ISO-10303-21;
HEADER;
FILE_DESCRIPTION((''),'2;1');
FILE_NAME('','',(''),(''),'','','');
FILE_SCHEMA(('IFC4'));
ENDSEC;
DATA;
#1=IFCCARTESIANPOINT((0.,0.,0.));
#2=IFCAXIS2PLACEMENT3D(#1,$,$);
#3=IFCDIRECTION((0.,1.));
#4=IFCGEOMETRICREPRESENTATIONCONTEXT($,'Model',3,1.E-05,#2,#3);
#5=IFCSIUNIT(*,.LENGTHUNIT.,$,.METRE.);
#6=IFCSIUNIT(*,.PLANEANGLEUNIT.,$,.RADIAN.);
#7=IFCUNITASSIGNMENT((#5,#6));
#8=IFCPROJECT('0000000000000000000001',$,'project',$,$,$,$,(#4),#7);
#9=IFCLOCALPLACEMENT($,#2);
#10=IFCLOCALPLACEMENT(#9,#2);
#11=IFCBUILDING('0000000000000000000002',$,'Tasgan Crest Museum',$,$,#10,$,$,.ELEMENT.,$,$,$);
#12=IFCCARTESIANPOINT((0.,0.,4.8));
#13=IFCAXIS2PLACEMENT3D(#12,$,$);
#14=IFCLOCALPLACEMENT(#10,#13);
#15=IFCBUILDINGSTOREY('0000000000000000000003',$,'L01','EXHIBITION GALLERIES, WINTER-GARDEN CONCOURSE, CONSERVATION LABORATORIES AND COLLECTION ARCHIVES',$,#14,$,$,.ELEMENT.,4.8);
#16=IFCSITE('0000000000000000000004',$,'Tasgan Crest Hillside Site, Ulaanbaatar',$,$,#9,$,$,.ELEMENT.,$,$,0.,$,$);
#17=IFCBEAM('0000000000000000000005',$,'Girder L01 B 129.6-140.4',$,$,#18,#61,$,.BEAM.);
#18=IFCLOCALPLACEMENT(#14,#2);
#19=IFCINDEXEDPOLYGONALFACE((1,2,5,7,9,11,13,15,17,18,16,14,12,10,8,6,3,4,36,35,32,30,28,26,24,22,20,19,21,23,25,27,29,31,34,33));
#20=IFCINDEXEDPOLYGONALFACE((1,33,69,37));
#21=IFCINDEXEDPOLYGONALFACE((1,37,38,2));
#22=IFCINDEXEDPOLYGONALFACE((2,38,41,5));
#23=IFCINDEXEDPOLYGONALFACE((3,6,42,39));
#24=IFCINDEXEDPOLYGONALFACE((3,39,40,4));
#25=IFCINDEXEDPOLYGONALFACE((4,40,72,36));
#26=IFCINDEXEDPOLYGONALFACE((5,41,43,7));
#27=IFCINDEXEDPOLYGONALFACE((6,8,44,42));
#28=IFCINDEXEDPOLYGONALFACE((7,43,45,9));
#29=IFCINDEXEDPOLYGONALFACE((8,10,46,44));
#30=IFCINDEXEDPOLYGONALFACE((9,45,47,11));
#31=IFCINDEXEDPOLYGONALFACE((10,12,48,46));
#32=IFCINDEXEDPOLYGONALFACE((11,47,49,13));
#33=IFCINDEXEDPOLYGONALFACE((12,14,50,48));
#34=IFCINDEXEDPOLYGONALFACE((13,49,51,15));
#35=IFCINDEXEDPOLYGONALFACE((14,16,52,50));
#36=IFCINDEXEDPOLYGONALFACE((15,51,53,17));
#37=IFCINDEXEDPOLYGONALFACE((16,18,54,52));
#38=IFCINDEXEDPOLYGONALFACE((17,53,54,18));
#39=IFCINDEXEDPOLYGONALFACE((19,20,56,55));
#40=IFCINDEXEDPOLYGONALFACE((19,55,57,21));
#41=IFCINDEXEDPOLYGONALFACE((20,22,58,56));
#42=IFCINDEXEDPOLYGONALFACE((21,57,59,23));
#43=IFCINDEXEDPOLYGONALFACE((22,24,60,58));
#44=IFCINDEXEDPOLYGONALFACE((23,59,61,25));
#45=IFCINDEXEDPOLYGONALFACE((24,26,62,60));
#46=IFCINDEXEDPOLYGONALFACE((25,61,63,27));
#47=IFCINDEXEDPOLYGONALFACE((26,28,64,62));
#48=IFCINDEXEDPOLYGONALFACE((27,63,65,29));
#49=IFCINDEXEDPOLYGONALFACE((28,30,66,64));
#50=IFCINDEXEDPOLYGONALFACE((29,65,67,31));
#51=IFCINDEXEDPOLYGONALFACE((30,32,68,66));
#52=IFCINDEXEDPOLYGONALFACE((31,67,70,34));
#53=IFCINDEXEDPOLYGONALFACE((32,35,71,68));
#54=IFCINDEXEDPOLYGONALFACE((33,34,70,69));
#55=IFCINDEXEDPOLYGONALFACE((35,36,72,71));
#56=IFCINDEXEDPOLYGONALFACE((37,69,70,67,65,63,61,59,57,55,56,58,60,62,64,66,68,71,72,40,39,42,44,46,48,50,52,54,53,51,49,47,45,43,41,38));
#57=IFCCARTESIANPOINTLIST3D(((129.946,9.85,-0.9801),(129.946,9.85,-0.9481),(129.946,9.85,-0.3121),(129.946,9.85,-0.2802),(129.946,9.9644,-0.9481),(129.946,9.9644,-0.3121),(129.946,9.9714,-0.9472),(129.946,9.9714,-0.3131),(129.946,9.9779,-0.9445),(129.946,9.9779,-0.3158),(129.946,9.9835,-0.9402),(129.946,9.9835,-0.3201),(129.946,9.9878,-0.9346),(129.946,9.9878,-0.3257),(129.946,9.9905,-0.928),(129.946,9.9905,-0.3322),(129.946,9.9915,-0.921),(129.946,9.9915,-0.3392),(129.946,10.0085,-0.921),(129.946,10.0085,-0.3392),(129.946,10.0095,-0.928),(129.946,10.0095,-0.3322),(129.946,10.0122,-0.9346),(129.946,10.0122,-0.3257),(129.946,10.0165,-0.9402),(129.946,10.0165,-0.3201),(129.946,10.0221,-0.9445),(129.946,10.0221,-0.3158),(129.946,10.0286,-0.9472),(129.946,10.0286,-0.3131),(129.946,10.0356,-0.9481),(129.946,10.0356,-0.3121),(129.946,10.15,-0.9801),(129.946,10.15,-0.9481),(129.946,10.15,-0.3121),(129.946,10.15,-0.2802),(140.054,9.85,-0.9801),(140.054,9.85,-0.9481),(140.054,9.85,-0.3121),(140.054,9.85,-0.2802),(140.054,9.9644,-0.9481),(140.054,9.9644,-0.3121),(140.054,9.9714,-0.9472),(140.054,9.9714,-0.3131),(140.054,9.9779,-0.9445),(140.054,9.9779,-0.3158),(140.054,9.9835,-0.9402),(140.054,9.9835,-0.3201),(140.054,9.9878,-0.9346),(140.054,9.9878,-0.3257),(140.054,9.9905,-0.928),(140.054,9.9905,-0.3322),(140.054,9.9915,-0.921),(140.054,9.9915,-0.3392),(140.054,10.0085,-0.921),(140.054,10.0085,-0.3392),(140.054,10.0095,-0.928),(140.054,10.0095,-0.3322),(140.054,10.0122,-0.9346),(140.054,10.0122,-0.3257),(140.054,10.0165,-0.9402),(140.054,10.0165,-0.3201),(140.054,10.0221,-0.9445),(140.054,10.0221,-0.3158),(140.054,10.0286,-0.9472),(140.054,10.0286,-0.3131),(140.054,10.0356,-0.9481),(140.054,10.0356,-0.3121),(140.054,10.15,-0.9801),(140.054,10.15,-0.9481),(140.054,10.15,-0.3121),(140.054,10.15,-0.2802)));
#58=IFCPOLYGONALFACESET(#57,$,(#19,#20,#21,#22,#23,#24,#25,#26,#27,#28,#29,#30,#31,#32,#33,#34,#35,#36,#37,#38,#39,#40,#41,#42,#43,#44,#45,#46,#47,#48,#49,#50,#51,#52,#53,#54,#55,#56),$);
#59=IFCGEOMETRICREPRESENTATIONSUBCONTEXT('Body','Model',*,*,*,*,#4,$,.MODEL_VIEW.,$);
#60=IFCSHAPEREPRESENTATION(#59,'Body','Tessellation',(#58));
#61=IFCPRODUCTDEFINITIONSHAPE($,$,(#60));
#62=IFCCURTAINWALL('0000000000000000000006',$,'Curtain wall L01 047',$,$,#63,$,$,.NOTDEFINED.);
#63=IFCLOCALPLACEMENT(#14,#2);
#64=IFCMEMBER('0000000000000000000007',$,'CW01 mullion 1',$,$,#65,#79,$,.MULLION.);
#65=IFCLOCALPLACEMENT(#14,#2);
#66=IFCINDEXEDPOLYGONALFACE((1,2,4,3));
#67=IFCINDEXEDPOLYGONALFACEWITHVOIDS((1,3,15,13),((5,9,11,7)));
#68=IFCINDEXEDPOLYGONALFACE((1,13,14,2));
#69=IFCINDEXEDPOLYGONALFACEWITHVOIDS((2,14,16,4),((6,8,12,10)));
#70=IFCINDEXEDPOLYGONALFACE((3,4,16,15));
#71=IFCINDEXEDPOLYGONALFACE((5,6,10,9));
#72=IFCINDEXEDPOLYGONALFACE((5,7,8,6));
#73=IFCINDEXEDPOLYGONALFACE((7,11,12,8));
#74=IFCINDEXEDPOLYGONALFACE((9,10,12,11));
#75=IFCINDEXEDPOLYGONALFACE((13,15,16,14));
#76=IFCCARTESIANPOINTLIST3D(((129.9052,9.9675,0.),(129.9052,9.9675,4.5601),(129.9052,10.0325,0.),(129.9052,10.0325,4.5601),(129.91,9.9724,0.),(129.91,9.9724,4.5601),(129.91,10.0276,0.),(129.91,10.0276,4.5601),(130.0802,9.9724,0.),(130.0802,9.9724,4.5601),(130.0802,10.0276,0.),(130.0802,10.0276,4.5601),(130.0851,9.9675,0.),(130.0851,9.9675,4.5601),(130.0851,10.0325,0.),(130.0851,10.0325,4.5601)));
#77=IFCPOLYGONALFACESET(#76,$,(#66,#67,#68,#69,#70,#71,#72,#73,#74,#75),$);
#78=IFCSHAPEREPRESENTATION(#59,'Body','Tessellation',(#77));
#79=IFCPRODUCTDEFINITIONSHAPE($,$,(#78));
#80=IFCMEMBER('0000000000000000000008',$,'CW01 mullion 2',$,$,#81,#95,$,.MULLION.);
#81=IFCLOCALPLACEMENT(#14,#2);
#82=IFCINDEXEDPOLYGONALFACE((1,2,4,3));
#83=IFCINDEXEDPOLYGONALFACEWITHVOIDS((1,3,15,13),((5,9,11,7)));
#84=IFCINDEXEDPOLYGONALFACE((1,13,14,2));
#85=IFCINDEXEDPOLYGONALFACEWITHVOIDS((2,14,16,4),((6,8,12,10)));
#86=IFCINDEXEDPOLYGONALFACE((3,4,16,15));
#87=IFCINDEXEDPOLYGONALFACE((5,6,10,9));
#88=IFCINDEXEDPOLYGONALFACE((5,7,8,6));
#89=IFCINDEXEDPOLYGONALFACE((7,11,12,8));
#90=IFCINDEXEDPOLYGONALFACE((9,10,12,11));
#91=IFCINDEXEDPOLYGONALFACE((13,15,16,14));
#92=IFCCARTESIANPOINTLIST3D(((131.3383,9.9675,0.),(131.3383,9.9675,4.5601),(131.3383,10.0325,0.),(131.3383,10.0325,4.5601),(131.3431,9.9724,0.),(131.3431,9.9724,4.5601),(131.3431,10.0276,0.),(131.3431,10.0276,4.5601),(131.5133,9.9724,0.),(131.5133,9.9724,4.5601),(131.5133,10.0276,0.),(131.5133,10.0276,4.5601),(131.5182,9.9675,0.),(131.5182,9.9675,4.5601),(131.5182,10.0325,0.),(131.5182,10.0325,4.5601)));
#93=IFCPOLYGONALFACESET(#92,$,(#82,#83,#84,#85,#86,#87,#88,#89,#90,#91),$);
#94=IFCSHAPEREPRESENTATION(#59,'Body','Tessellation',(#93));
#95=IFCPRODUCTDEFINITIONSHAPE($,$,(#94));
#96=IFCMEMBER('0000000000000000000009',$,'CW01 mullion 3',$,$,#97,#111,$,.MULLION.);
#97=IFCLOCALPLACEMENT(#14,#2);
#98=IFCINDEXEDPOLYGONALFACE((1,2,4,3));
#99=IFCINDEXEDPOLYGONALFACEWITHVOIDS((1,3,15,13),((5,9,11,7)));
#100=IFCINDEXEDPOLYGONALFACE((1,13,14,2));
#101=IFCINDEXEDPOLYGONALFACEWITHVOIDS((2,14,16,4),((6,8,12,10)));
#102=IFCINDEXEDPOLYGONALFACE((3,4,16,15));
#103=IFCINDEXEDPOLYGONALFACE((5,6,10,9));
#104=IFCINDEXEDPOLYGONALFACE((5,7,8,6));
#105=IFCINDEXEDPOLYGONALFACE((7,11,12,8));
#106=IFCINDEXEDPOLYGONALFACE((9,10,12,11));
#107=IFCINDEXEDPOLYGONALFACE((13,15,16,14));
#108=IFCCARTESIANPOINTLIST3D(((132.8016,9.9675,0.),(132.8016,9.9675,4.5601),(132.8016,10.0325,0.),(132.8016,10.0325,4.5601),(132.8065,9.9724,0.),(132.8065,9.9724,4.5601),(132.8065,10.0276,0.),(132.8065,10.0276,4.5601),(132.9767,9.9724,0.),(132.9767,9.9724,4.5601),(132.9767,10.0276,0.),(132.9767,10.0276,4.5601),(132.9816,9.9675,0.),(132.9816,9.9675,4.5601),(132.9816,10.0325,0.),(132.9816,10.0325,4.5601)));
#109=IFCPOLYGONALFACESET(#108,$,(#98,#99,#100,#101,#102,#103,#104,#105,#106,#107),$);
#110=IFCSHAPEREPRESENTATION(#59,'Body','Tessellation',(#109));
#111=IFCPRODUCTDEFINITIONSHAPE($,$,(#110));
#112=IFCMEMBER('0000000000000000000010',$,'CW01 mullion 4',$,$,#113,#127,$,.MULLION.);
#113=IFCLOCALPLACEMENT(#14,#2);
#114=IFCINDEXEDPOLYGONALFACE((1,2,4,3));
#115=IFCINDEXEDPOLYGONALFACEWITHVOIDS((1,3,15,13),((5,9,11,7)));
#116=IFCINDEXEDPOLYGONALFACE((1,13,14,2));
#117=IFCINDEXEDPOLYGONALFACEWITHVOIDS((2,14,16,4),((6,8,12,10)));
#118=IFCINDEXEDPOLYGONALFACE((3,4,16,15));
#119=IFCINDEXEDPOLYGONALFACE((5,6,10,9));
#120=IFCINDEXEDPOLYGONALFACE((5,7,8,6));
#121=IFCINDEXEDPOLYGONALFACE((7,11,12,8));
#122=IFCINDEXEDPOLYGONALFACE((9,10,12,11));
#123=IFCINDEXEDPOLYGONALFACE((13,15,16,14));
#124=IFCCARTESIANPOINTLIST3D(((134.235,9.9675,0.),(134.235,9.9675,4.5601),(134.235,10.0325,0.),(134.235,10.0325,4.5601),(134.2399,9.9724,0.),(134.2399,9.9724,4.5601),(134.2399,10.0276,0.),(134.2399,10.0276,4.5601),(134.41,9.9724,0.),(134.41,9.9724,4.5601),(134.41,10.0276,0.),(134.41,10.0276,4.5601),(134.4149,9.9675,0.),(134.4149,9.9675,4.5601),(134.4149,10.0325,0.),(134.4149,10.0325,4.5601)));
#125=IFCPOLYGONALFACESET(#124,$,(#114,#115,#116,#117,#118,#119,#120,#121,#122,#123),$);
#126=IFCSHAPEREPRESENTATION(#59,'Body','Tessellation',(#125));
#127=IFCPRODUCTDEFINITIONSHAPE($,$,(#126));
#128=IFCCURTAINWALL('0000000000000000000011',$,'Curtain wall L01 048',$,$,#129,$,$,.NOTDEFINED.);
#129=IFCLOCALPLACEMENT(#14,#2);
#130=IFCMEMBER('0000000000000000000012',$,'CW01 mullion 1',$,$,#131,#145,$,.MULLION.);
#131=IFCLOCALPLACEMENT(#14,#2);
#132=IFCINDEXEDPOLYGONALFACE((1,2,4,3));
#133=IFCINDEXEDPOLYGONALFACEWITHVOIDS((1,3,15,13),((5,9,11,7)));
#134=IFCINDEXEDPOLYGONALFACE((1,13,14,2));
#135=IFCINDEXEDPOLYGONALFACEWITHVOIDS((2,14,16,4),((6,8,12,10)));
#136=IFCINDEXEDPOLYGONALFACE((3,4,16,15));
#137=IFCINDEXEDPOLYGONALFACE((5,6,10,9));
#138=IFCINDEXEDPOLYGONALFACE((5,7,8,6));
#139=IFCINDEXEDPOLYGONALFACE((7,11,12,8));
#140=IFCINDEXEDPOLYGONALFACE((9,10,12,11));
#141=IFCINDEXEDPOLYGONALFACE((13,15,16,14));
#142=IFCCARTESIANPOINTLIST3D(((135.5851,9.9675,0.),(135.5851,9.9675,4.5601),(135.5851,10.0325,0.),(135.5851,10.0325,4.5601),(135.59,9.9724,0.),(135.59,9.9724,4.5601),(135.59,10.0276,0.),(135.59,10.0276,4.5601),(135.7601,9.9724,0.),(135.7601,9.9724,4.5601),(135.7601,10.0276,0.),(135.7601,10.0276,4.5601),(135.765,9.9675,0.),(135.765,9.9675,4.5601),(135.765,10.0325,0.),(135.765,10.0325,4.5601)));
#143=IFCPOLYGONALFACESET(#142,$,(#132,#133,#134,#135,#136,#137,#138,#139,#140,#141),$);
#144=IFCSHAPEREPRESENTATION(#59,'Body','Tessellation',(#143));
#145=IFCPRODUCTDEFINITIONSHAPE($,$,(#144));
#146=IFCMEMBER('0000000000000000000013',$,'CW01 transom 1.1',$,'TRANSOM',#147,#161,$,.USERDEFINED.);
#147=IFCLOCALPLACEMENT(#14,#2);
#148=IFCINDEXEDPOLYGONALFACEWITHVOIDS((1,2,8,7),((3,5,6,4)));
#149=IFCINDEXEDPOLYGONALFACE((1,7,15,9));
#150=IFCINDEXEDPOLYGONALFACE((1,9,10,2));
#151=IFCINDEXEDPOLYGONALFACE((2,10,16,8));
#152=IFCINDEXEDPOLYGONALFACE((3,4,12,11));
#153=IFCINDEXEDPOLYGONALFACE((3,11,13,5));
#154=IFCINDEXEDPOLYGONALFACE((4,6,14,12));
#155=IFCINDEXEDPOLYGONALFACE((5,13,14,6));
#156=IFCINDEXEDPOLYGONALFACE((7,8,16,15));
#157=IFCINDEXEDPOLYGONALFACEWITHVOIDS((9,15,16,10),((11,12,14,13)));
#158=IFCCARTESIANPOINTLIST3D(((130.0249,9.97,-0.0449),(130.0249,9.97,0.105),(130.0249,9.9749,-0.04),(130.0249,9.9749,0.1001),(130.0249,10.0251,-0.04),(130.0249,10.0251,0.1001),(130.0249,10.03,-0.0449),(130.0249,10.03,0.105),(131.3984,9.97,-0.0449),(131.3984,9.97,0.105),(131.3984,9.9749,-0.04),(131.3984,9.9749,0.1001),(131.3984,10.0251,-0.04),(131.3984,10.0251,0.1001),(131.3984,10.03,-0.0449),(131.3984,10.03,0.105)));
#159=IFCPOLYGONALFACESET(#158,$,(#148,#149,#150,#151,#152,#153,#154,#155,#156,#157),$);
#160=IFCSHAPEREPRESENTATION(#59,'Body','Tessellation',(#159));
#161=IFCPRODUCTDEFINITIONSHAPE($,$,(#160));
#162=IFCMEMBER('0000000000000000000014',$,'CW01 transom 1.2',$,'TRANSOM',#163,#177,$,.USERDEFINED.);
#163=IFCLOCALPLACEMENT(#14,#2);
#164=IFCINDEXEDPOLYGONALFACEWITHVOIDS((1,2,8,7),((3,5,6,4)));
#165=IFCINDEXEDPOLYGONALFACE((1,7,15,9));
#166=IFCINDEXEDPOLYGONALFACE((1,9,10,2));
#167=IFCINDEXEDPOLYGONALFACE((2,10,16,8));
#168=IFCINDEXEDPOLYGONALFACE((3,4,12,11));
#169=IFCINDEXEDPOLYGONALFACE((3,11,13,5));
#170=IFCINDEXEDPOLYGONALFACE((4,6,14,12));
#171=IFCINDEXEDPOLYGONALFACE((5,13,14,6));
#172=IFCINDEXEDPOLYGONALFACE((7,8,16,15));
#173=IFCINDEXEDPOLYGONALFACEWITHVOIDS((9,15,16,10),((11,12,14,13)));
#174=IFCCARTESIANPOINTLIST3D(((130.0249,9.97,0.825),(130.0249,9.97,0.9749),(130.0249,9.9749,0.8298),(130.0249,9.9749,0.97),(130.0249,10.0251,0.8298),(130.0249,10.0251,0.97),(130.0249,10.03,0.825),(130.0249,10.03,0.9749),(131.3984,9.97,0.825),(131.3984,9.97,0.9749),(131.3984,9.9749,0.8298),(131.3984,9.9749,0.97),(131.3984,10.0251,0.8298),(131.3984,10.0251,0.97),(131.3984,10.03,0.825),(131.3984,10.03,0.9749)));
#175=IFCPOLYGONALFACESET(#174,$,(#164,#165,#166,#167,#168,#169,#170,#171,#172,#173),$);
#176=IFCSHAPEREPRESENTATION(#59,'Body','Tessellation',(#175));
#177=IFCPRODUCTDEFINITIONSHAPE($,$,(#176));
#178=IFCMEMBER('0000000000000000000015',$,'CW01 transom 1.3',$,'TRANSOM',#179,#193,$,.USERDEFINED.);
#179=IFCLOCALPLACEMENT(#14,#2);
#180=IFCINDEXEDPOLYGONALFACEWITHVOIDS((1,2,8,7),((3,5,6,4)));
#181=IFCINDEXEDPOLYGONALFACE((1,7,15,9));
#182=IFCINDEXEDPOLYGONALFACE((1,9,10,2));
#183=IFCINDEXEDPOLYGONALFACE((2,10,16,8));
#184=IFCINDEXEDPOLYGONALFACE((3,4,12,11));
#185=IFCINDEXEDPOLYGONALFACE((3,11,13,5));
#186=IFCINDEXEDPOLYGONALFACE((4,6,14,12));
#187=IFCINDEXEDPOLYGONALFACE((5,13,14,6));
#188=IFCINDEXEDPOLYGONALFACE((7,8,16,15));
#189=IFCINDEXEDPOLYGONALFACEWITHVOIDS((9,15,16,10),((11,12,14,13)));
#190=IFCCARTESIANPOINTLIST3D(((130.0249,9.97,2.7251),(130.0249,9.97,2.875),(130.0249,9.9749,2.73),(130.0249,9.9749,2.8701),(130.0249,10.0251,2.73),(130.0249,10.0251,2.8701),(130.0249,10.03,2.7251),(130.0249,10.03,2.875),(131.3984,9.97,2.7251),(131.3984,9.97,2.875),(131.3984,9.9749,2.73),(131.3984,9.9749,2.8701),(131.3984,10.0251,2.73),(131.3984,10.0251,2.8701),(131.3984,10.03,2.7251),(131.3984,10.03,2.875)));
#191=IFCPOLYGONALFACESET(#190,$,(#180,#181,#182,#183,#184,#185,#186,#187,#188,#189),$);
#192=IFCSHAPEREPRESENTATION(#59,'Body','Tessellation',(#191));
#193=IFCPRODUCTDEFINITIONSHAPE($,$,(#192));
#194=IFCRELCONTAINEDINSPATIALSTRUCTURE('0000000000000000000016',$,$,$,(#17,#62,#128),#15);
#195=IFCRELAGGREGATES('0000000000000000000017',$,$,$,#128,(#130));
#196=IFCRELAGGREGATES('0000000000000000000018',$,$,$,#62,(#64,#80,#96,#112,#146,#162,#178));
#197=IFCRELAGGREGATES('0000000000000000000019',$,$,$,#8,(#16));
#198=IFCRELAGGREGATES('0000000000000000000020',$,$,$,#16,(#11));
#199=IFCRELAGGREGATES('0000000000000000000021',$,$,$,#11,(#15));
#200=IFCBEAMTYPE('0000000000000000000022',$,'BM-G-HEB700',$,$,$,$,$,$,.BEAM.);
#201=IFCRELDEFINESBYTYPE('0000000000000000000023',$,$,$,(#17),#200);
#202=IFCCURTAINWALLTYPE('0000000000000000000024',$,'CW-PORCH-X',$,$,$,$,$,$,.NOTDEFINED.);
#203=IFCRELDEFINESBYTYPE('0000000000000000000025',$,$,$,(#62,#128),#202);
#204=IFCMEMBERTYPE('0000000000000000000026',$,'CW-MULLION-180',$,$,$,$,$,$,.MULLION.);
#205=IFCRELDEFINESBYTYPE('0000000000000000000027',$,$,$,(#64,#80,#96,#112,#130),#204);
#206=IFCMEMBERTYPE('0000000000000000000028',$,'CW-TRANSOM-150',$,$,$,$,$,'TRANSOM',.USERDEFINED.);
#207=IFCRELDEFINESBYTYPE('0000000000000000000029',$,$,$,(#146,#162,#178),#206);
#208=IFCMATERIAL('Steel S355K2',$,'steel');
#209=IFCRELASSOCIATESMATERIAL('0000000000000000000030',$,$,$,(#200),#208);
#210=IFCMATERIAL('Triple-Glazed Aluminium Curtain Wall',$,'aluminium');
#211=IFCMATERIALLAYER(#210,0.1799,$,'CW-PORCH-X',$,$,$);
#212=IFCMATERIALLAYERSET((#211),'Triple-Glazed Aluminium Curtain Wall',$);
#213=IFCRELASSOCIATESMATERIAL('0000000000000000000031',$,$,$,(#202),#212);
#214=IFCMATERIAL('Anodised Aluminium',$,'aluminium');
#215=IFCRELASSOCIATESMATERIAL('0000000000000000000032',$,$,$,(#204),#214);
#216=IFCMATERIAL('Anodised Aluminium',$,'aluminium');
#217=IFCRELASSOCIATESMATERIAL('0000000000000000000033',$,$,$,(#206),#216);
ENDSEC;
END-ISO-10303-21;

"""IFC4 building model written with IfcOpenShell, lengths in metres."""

from ifc_helpers import new_model, si_unit, direction, frame, origin, origin_2d, place, context, subcontext, project, spatial, hollow_rectangle, i_section, extrude, material, layer, layer_set, material_profile, profile_set, type_object, element, aggregate, save


model = new_model("IFC4")

# Units and contexts
model_context = context("Model", 3, precision=1e-05, world=origin(), true_north=direction((0.0, 1.0)))
body_context = subcontext(model_context, "Body", "Model", "MODEL_VIEW")
ifc_project = project(units=[si_unit("LENGTHUNIT", "METRE"), si_unit("PLANEANGLEUNIT", "RADIAN")], contexts=[model_context])

# Site, building, storey
site_placement = place(None, origin())
site = spatial("IfcSite", under=ifc_project, at=site_placement, Name="Tasgan Crest Hillside Site, Ulaanbaatar", CompositionType="ELEMENT", RefElevation=0.0)
building_placement = place(site_placement, origin())
building = spatial("IfcBuilding", under=site, at=building_placement, Name="Tasgan Crest Museum", CompositionType="ELEMENT")
storey_placement = place(building_placement, frame((0.0, 0.0, 4.8)))
storey = spatial("IfcBuildingStorey", under=building, at=storey_placement, Name="L01", Description="EXHIBITION GALLERIES, WINTER-GARDEN CONCOURSE, CONSERVATION LABORATORIES AND COLLECTION ARCHIVES", CompositionType="ELEMENT", Elevation=4.8)

# Beam
ifc_material_1 = material(Name="Steel S355K2", Category="steel")
ifc_material_profile_1 = material_profile(ifc_material_1, i_section(OverallWidth=0.3, OverallDepth=0.7, WebThickness=0.0171, FlangeThickness=0.032, FilletRadius=0.0271, at=origin_2d()), Name="HEB 700")
ifc_profile_set_1 = profile_set([ifc_material_profile_1], Name="Steel S355K2")
beam_type = type_object("IfcBeamType", Name="BM-G-HEB700", PredefinedType="BEAM", material=ifc_profile_set_1)
beam_placement = place(storey_placement, frame((129.946, 10.0, -0.6301), z_axis=(1.0, 0.0, 0.0), x_axis=(0.0, 1.0, 0.0)))
element("IfcBeam", 1, at=beam_placement, inside=storey, type_object=beam_type, Name="Girder L01 B 129.6-140.4", PredefinedType="BEAM", context=body_context, shape_type="SweptSolid", body=[
    extrude(i_section(OverallWidth=0.3, OverallDepth=0.7, WebThickness=0.0171, FlangeThickness=0.032, FilletRadius=0.0271, at=origin_2d()), origin(), (0.0, 0.0, 1.0), 10.1079),
])

# Curtain wall, members
ifc_material_2 = material(Name="Triple-Glazed Aluminium Curtain Wall", Category="aluminium")
ifc_layer_1 = layer(ifc_material_2, 0.1799, Name="CW-PORCH-X")
ifc_layer_set_1 = layer_set([ifc_layer_1], Name="Triple-Glazed Aluminium Curtain Wall")
curtain_wall_type = type_object("IfcCurtainWallType", Name="CW-PORCH-X", PredefinedType="NOTDEFINED", material=ifc_layer_set_1)
curtain_wall_1_placement = place(storey_placement, origin())
curtain_wall_1 = element("IfcCurtainWall", 2, at=curtain_wall_1_placement, inside=storey, type_object=curtain_wall_type, Name="Curtain wall L01 047", PredefinedType="NOTDEFINED")
ifc_material_3 = material(Name="Anodised Aluminium", Category="aluminium")
ifc_material_profile_2 = material_profile(ifc_material_3, hollow_rectangle(XDim=0.0649, YDim=0.1799, WallThickness=0.0049, at=origin_2d()), Name="ALU MULLION 180x65x5")
ifc_profile_set_2 = profile_set([ifc_material_profile_2], Name="Anodised Aluminium")
member_type_1 = type_object("IfcMemberType", Name="CW-MULLION-180", PredefinedType="MULLION", material=ifc_profile_set_2)
member_1_placement = place(storey_placement, frame((129.9951, 10.0, 0.0), z_axis=(0.0, 0.0, 1.0), x_axis=(0.0, 1.0, 0.0)))
member_1 = element("IfcMember", 3, at=member_1_placement, type_object=member_type_1, Name="CW01 mullion 1", PredefinedType="MULLION", context=body_context, shape_type="SweptSolid", body=[
    extrude(hollow_rectangle(XDim=0.0649, YDim=0.1799, WallThickness=0.0049, at=origin_2d()), origin(), (0.0, 0.0, 1.0), 4.5601),
])
member_2_placement = place(storey_placement, frame((131.4282, 10.0, 0.0), z_axis=(0.0, 0.0, 1.0), x_axis=(0.0, 1.0, 0.0)))
member_2 = element("IfcMember", 4, at=member_2_placement, type_object=member_type_1, Name="CW01 mullion 2", PredefinedType="MULLION", context=body_context, shape_type="SweptSolid", body=[
    extrude(hollow_rectangle(XDim=0.0649, YDim=0.1799, WallThickness=0.0049, at=origin_2d()), origin(), (0.0, 0.0, 1.0), 4.5601),
])
member_3_placement = place(storey_placement, frame((132.8916, 10.0, 0.0), z_axis=(0.0, 0.0, 1.0), x_axis=(0.0, 1.0, 0.0)))
member_3 = element("IfcMember", 5, at=member_3_placement, type_object=member_type_1, Name="CW01 mullion 3", PredefinedType="MULLION", context=body_context, shape_type="SweptSolid", body=[
    extrude(hollow_rectangle(XDim=0.0649, YDim=0.1799, WallThickness=0.0049, at=origin_2d()), origin(), (0.0, 0.0, 1.0), 4.5601),
])
member_4_placement = place(storey_placement, frame((134.325, 10.0, 0.0), z_axis=(0.0, 0.0, 1.0), x_axis=(0.0, 1.0, 0.0)))
member_4 = element("IfcMember", 6, at=member_4_placement, type_object=member_type_1, Name="CW01 mullion 4", PredefinedType="MULLION", context=body_context, shape_type="SweptSolid", body=[
    extrude(hollow_rectangle(XDim=0.0649, YDim=0.1799, WallThickness=0.0049, at=origin_2d()), origin(), (0.0, 0.0, 1.0), 4.5601),
])

# Curtain wall, member
curtain_wall_2_placement = place(storey_placement, origin())
curtain_wall_2 = element("IfcCurtainWall", 7, at=curtain_wall_2_placement, inside=storey, type_object=curtain_wall_type, Name="Curtain wall L01 048", PredefinedType="NOTDEFINED")
member_5_placement = place(storey_placement, frame((135.675, 10.0, 0.0), z_axis=(0.0, 0.0, 1.0), x_axis=(0.0, 1.0, 0.0)))
member_5 = element("IfcMember", 8, at=member_5_placement, type_object=member_type_1, Name="CW01 mullion 1", PredefinedType="MULLION", context=body_context, shape_type="SweptSolid", body=[
    extrude(hollow_rectangle(XDim=0.0649, YDim=0.1799, WallThickness=0.0049, at=origin_2d()), origin(), (0.0, 0.0, 1.0), 4.5601),
])

# Members
ifc_material_4 = material(Name="Anodised Aluminium", Category="aluminium")
ifc_material_profile_3 = material_profile(ifc_material_4, hollow_rectangle(XDim=0.0601, YDim=0.1499, WallThickness=0.0049, at=origin_2d()), Name="ALU TRANSOM 150x60x5")
ifc_profile_set_3 = profile_set([ifc_material_profile_3], Name="Anodised Aluminium")
member_type_2 = type_object("IfcMemberType", Name="CW-TRANSOM-150", ElementType="TRANSOM", PredefinedType="USERDEFINED", material=ifc_profile_set_3)
member_6_placement = place(storey_placement, frame((130.0249, 10.0, 0.03), z_axis=(1.0, 0.0, 0.0), x_axis=(0.0, 1.0, 0.0)))
member_6 = element("IfcMember", 9, at=member_6_placement, type_object=member_type_2, Name="CW01 transom 1.1", ObjectType="TRANSOM", PredefinedType="USERDEFINED", context=body_context, shape_type="SweptSolid", body=[
    extrude(hollow_rectangle(XDim=0.0601, YDim=0.1499, WallThickness=0.0049, at=origin_2d()), origin(), (0.0, 0.0, 1.0), 1.3735),
])
member_7_placement = place(storey_placement, frame((130.0249, 10.0, 0.8999), z_axis=(1.0, 0.0, 0.0), x_axis=(0.0, 1.0, 0.0)))
member_7 = element("IfcMember", 10, at=member_7_placement, type_object=member_type_2, Name="CW01 transom 1.2", ObjectType="TRANSOM", PredefinedType="USERDEFINED", context=body_context, shape_type="SweptSolid", body=[
    extrude(hollow_rectangle(XDim=0.0601, YDim=0.1499, WallThickness=0.0049, at=origin_2d()), origin(), (0.0, 0.0, 1.0), 1.3735),
])
member_8_placement = place(storey_placement, frame((130.0249, 10.0, 2.8), z_axis=(1.0, 0.0, 0.0), x_axis=(0.0, 1.0, 0.0)))
member_8 = element("IfcMember", 11, at=member_8_placement, type_object=member_type_2, Name="CW01 transom 1.3", ObjectType="TRANSOM", PredefinedType="USERDEFINED", context=body_context, shape_type="SweptSolid", body=[
    extrude(hollow_rectangle(XDim=0.0601, YDim=0.1499, WallThickness=0.0049, at=origin_2d()), origin(), (0.0, 0.0, 1.0), 1.3735),
])
aggregate(curtain_wall_2, [member_5])

aggregate(curtain_wall_1, [member_1, member_2, member_3, member_4, member_6, member_7, member_8])

save(model, "model.ifc")
